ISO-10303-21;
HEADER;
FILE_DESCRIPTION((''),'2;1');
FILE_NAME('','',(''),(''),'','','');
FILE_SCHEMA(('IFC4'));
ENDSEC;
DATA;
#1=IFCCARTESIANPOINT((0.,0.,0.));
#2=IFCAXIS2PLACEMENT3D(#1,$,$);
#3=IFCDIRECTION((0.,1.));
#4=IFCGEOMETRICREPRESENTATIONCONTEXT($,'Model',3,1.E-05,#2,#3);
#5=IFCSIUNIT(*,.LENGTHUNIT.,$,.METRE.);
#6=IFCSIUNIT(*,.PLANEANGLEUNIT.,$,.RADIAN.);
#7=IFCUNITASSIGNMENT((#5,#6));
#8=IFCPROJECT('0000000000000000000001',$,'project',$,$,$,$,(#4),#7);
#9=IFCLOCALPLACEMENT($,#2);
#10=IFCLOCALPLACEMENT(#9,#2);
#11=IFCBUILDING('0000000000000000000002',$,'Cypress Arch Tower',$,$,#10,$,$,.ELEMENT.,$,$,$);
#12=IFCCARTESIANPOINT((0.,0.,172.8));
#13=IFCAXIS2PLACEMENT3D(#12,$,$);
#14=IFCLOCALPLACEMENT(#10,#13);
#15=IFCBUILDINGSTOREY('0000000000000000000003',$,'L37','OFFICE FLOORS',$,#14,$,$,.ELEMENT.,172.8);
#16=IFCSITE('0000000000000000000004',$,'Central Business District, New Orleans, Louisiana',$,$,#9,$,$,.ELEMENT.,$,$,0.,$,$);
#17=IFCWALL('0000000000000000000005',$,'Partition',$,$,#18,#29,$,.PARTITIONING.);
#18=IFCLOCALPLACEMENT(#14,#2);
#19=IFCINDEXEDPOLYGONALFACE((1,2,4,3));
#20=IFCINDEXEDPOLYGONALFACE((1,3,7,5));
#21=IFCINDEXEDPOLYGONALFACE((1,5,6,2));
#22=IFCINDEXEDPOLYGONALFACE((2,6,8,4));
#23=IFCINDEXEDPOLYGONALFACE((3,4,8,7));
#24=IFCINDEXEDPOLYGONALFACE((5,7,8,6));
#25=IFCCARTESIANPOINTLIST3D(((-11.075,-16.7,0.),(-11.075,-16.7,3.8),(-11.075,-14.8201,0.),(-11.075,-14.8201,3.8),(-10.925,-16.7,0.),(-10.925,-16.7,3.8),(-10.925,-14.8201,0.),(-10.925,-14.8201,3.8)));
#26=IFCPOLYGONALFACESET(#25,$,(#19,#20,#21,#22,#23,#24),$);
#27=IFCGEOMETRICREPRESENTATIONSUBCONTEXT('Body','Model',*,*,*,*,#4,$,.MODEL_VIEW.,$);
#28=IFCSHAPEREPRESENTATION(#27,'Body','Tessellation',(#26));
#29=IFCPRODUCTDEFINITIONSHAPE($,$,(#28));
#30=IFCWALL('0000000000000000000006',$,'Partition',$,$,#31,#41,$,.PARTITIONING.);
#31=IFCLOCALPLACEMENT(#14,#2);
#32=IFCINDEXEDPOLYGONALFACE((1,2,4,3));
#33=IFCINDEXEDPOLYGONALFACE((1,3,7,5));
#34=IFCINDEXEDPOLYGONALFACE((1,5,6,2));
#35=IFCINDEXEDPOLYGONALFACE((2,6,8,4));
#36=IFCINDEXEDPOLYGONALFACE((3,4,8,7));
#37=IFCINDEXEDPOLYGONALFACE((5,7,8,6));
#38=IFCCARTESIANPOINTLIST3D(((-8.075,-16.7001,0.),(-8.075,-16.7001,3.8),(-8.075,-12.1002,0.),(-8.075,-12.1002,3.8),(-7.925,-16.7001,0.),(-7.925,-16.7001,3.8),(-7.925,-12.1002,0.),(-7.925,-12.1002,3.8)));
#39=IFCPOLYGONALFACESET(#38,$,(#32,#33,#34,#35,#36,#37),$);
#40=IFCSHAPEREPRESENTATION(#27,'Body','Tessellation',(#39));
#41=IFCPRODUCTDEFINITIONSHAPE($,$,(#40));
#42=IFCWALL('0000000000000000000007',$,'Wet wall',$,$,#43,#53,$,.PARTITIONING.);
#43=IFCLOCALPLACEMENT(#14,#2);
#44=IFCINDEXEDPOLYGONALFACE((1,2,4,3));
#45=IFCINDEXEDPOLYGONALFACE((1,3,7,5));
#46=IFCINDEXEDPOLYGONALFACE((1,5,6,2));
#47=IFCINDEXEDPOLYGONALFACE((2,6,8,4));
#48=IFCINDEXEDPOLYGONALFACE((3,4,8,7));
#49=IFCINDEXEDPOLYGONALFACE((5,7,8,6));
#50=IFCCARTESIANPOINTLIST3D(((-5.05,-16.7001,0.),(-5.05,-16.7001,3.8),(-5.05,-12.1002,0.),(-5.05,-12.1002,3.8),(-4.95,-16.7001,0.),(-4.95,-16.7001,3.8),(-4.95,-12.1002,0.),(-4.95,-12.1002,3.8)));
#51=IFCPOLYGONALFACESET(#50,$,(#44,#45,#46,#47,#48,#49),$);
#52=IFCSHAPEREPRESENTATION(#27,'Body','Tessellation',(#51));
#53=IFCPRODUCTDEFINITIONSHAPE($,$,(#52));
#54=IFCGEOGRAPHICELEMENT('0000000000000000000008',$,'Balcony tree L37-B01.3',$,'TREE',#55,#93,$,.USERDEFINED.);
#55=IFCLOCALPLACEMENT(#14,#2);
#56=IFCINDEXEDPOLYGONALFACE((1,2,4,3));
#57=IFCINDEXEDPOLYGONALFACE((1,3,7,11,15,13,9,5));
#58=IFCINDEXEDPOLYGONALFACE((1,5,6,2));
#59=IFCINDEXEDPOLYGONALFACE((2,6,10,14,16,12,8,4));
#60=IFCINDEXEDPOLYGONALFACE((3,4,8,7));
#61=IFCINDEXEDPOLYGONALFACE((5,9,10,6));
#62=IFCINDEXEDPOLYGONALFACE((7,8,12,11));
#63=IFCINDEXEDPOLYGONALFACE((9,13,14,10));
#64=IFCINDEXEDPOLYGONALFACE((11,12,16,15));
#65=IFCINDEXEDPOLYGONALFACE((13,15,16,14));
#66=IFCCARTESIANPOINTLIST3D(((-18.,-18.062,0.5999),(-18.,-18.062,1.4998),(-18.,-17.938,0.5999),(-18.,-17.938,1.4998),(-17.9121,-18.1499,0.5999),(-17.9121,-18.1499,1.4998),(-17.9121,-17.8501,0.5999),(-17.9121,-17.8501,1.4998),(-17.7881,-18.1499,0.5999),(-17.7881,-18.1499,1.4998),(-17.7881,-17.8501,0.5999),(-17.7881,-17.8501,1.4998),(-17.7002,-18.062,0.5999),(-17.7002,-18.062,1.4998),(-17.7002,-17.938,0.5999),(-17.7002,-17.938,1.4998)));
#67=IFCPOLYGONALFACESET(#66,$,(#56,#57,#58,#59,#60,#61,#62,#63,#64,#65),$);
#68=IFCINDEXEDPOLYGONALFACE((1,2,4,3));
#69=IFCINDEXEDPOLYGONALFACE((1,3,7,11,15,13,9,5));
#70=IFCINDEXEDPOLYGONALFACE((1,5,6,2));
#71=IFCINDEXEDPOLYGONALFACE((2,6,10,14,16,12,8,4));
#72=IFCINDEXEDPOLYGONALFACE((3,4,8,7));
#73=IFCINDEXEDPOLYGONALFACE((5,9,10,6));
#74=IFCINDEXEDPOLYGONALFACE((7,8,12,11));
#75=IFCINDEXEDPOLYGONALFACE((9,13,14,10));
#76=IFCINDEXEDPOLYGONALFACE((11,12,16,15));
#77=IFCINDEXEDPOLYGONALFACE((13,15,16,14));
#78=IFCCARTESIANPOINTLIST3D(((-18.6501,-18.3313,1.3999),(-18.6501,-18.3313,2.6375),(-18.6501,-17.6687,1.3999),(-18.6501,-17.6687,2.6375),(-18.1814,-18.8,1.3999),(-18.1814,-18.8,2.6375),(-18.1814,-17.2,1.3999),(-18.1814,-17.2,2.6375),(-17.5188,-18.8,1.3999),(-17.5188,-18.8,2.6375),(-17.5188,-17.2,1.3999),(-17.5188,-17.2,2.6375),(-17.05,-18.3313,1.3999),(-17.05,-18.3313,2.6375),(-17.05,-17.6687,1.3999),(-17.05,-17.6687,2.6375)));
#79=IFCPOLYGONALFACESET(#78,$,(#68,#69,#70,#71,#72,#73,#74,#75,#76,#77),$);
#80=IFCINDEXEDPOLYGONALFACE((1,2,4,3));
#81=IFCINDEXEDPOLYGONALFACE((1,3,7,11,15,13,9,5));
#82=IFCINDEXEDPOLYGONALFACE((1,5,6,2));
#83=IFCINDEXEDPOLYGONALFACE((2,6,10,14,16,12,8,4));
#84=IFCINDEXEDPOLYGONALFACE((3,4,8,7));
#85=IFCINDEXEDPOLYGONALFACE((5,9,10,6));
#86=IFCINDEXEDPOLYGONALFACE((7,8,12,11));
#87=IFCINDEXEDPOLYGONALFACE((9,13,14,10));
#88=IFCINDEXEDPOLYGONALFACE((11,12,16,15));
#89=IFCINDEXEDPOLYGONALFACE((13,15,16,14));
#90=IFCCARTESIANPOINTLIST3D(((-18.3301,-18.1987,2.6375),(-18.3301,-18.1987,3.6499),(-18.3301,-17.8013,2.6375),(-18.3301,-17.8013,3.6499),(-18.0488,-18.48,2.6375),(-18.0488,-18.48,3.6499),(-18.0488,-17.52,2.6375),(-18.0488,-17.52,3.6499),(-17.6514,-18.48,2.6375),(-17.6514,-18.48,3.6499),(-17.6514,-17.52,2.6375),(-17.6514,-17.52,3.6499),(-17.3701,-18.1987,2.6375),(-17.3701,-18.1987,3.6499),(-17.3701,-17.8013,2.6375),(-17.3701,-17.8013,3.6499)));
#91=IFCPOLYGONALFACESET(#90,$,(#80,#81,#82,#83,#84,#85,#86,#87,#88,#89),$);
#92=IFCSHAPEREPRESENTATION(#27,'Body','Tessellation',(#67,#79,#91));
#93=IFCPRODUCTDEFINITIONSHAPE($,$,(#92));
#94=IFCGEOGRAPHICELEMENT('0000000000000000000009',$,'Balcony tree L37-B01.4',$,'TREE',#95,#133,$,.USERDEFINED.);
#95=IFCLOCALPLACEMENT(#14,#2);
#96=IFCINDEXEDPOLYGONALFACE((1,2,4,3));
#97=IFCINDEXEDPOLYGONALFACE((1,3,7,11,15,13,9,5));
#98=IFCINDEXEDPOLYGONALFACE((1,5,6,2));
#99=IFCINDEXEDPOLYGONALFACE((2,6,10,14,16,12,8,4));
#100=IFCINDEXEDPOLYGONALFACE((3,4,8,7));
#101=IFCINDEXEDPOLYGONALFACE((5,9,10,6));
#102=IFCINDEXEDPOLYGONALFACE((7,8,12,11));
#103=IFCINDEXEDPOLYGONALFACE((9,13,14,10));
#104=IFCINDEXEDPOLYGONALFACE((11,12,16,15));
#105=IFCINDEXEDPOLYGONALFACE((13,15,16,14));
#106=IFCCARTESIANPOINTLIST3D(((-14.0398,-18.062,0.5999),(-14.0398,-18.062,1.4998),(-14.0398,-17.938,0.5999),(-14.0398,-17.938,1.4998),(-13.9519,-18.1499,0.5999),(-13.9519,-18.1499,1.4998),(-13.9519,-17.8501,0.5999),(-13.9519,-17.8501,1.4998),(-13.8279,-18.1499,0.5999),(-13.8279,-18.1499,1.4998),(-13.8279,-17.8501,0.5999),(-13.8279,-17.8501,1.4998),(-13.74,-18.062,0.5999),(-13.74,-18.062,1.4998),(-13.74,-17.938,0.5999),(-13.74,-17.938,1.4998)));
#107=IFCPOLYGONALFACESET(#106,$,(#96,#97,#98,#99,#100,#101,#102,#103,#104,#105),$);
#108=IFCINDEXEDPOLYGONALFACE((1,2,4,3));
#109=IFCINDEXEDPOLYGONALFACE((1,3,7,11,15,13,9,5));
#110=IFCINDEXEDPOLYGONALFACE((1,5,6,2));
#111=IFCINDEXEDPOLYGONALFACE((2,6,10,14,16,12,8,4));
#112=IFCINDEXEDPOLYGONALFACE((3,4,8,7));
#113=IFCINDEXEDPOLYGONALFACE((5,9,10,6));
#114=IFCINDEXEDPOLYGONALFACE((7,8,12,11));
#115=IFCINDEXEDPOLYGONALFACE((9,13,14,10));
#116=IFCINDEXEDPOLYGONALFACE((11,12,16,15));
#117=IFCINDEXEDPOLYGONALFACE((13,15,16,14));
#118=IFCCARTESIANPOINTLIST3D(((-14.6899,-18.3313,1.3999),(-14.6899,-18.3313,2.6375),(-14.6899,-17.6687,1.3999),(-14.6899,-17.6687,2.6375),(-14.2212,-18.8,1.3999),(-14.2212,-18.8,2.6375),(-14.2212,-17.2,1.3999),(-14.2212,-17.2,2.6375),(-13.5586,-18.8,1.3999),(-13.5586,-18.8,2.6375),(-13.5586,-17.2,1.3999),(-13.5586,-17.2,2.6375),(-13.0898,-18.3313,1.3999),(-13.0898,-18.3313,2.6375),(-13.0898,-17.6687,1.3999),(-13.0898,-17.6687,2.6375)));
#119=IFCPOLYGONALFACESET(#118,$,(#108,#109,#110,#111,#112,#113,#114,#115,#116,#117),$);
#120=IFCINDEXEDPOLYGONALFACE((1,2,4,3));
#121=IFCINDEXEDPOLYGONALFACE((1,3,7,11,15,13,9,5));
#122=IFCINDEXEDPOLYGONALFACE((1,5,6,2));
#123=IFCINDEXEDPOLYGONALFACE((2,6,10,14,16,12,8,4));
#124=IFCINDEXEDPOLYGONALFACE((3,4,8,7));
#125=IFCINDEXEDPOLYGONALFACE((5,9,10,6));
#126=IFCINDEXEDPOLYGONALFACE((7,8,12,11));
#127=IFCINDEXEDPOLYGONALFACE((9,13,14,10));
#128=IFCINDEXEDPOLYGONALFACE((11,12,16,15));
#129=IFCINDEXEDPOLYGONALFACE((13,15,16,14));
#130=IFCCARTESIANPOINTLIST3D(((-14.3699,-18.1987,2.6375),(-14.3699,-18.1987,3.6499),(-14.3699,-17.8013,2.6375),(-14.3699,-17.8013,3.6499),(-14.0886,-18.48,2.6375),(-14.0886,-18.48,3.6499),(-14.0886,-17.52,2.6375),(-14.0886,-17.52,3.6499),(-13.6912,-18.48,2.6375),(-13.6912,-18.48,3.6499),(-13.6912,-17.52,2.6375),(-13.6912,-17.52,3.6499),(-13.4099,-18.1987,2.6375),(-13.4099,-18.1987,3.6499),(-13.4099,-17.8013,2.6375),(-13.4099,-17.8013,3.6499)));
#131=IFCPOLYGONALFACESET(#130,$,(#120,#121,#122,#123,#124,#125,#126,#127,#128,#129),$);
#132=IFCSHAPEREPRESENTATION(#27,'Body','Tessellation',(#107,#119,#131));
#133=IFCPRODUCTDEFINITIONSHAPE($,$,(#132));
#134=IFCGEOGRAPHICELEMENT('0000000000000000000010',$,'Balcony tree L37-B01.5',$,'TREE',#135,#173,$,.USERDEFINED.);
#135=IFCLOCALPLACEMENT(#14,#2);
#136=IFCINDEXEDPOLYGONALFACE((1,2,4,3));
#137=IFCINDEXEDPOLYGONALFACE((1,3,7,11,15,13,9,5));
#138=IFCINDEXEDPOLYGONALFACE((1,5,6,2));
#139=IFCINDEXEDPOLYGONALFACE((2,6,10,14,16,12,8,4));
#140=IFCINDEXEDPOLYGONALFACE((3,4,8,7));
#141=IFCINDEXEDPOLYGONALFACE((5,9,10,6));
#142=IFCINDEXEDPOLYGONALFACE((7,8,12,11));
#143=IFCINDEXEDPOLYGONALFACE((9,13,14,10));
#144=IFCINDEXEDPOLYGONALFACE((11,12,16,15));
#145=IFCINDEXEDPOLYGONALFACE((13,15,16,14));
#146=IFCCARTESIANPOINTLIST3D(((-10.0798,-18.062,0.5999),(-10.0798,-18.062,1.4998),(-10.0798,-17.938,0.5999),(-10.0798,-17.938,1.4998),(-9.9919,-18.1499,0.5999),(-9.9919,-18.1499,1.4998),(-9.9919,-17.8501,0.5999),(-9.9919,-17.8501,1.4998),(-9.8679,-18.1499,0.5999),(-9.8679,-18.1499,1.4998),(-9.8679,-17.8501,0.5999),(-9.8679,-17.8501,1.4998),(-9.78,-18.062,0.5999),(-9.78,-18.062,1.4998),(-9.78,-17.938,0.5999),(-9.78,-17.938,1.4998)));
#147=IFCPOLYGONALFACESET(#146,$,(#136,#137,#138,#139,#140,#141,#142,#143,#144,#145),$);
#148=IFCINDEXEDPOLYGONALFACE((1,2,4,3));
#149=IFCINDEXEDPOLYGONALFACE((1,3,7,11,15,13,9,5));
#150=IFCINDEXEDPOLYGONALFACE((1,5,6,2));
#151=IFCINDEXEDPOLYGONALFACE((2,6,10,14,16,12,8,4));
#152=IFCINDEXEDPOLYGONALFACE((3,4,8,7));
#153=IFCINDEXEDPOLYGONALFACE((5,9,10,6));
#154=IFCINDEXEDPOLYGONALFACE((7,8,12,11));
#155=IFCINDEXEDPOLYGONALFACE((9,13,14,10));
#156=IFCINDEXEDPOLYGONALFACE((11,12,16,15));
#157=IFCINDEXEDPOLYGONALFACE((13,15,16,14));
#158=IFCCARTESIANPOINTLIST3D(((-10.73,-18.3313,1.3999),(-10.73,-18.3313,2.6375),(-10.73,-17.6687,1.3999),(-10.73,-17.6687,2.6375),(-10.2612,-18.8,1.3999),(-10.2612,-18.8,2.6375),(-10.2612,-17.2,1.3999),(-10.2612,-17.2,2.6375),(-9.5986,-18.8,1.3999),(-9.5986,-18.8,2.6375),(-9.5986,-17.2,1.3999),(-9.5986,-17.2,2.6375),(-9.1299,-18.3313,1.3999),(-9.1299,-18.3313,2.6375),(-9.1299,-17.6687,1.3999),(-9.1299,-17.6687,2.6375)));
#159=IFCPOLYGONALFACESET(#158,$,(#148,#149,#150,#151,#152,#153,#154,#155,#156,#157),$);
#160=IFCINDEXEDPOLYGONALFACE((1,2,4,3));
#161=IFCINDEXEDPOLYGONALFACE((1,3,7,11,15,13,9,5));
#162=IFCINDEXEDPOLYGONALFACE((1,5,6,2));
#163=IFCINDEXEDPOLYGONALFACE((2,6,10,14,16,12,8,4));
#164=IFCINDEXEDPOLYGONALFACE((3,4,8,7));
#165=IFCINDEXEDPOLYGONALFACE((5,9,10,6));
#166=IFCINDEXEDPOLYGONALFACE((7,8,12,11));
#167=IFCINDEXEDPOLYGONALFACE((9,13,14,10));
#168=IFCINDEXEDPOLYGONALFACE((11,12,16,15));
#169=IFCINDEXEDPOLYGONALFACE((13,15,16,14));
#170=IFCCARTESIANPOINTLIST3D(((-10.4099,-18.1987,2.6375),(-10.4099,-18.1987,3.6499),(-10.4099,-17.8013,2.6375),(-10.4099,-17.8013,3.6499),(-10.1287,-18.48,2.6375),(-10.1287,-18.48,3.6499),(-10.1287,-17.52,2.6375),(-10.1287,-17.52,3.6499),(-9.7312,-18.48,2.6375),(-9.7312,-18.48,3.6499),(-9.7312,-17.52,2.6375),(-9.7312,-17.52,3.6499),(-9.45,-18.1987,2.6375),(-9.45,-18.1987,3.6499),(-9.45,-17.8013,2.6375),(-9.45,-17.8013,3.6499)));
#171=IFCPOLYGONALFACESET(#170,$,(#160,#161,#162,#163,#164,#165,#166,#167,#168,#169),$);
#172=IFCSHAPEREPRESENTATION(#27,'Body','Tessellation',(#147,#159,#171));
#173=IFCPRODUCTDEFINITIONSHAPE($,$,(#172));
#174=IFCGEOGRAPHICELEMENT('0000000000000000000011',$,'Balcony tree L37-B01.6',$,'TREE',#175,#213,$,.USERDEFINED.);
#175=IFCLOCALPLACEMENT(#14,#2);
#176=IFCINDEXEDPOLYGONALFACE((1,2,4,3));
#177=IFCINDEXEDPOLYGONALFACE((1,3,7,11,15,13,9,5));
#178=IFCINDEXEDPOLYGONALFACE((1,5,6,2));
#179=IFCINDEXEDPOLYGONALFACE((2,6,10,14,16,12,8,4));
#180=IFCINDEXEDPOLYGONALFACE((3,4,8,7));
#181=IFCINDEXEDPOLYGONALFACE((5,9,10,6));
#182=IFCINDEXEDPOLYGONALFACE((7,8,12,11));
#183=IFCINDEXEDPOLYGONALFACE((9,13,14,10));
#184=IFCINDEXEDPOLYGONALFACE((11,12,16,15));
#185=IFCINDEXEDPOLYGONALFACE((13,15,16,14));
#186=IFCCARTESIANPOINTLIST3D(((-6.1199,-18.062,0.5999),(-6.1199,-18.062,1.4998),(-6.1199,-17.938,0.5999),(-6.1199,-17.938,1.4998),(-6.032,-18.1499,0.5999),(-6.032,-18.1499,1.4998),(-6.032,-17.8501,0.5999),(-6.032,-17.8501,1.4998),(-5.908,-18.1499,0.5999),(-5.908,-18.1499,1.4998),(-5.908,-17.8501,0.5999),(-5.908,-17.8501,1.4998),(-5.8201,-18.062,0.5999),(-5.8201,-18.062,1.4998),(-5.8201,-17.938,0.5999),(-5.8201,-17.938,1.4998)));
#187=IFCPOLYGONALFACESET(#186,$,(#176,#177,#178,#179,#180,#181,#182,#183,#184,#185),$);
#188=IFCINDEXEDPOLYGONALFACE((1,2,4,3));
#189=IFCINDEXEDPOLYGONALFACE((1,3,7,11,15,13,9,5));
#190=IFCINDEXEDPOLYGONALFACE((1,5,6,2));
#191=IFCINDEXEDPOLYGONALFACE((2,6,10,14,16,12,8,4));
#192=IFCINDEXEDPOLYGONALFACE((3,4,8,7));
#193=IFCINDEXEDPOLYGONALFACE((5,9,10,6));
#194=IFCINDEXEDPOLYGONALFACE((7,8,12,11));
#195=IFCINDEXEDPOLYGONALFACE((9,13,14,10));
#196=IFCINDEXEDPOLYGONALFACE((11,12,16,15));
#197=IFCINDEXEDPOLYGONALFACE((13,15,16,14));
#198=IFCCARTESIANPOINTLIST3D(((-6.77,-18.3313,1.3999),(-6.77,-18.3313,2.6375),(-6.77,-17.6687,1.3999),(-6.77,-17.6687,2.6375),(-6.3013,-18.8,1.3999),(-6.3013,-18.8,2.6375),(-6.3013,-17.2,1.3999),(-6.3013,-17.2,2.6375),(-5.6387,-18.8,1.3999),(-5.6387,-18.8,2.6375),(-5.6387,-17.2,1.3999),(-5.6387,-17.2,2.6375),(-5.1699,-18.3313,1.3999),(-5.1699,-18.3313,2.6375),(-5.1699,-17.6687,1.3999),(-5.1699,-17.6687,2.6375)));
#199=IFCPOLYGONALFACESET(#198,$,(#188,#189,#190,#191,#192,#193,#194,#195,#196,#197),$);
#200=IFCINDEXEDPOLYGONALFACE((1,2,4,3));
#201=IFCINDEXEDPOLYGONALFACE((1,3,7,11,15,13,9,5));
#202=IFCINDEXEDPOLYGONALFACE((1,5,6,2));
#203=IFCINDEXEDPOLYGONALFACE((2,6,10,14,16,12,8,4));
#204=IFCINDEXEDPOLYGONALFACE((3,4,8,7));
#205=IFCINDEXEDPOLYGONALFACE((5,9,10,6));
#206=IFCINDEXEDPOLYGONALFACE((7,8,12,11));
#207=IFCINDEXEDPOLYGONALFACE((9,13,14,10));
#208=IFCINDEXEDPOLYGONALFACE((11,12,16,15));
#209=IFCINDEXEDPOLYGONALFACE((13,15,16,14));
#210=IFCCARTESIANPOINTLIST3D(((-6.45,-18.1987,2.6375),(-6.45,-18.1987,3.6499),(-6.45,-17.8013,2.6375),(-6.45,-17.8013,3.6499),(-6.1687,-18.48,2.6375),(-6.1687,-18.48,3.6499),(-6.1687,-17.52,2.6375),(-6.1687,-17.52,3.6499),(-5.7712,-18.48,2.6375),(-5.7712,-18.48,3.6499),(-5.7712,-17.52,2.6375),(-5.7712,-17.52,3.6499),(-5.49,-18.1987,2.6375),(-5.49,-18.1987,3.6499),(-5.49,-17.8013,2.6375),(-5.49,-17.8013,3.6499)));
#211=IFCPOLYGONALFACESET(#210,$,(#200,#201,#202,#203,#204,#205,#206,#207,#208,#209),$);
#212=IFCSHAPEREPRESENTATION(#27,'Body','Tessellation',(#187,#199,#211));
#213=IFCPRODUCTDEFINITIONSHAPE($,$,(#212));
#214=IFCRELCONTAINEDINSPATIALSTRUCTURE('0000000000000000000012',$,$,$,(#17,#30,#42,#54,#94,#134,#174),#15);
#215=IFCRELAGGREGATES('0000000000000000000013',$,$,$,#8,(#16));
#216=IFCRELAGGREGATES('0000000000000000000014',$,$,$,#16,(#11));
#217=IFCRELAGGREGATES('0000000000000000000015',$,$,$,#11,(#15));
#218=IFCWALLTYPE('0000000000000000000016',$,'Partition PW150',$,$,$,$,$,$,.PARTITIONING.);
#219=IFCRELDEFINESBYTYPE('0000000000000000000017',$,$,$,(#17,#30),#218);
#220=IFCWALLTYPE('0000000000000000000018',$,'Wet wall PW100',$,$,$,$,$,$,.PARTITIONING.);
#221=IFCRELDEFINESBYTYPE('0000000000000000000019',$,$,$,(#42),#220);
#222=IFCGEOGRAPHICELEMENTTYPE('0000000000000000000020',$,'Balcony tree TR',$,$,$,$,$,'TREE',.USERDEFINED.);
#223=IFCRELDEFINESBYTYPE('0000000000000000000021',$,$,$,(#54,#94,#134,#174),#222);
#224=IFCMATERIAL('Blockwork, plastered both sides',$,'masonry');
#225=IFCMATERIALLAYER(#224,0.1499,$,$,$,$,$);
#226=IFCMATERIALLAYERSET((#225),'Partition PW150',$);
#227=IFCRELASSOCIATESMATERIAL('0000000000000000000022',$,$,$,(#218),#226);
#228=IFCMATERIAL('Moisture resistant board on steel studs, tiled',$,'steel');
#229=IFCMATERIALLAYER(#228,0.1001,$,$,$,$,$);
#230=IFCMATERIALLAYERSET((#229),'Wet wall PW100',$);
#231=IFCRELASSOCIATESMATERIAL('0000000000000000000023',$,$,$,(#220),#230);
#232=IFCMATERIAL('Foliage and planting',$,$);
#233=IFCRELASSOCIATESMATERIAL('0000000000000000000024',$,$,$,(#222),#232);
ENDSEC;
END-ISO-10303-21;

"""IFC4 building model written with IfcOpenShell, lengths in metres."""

from ifc_helpers import new_model, si_unit, direction, frame, frame_2d, origin, place, context, subcontext, project, spatial, polyline, rectangle, outline, extrude, material, layer, layer_set, type_object, element, save


model = new_model("IFC4")

# Units and contexts
model_context = context("Model", 3, precision=1e-05, world=origin(), true_north=direction((0.0, 1.0)))
body_context = subcontext(model_context, "Body", "Model", "MODEL_VIEW")
ifc_project = project(units=[si_unit("LENGTHUNIT", "METRE"), si_unit("PLANEANGLEUNIT", "RADIAN")], contexts=[model_context])

# Site, building, storey
site_placement = place(None, origin())
site = spatial("IfcSite", under=ifc_project, at=site_placement, Name="Central Business District, New Orleans, Louisiana", CompositionType="ELEMENT", RefElevation=0.0)
building_placement = place(site_placement, origin())
building = spatial("IfcBuilding", under=site, at=building_placement, Name="Cypress Arch Tower", CompositionType="ELEMENT")
storey_placement = place(building_placement, frame((0.0, 0.0, 172.8)))
storey = spatial("IfcBuildingStorey", under=building, at=storey_placement, Name="L37", Description="OFFICE FLOORS", CompositionType="ELEMENT", Elevation=172.8)

# Walls
ifc_material_1 = material(Name="Blockwork, plastered both sides", Category="masonry")
ifc_layer_1 = layer(ifc_material_1, 0.1499)
ifc_layer_set_1 = layer_set([ifc_layer_1], Name="Partition PW150")
wall_type_1 = type_object("IfcWallType", Name="Partition PW150", PredefinedType="PARTITIONING", material=ifc_layer_set_1)
wall_1_placement = place(storey_placement, frame((-11.0, -16.7, 0.0), z_axis=(0.0, 0.0, 1.0), x_axis=(0.0, 1.0, 0.0)))
element("IfcWall", 1, at=wall_1_placement, inside=storey, type_object=wall_type_1, Name="Partition", PredefinedType="PARTITIONING", context=body_context, shape_type="SweptSolid", body=[
    extrude(rectangle(XDim=1.8799, YDim=0.1499, at=frame_2d((0.9399, 0.0))), origin(), (0.0, 0.0, 1.0), 3.8),
])
wall_2_placement = place(storey_placement, frame((-8.0, -16.7, 0.0), z_axis=(0.0, 0.0, 1.0), x_axis=(0.0, 1.0, 0.0)))
element("IfcWall", 2, at=wall_2_placement, inside=storey, type_object=wall_type_1, Name="Partition", PredefinedType="PARTITIONING", context=body_context, shape_type="SweptSolid", body=[
    extrude(rectangle(XDim=4.5999, YDim=0.1499, at=frame_2d((2.2998, 0.0))), origin(), (0.0, 0.0, 1.0), 3.8),
])
ifc_material_2 = material(Name="Moisture resistant board on steel studs, tiled", Category="steel")
ifc_layer_2 = layer(ifc_material_2, 0.1001)
ifc_layer_set_2 = layer_set([ifc_layer_2], Name="Wet wall PW100")
wall_type_2 = type_object("IfcWallType", Name="Wet wall PW100", PredefinedType="PARTITIONING", material=ifc_layer_set_2)
wall_3_placement = place(storey_placement, frame((-5.0, -16.7, 0.0), z_axis=(0.0, 0.0, 1.0), x_axis=(0.0, 1.0, 0.0)))
element("IfcWall", 3, at=wall_3_placement, inside=storey, type_object=wall_type_2, Name="Wet wall", PredefinedType="PARTITIONING", context=body_context, shape_type="SweptSolid", body=[
    extrude(rectangle(XDim=4.5999, YDim=0.1001, at=frame_2d((2.2998, 0.0))), origin(), (0.0, 0.0, 1.0), 3.8),
])

# Geographic elements
ifc_material_3 = material(Name="Foliage and planting")
geographic_element_type = type_object("IfcGeographicElementType", Name="Balcony tree TR", ElementType="TREE", PredefinedType="USERDEFINED", material=ifc_material_3)
for number, where, z_axis, x_axis, name in (
    (4, (-17.8501, -18.0, 0.5999), (0.0, 0.0, 1.0), (1.0, 0.0, 0.0), "Balcony tree L37-B01.3"),
    (5, (-13.8899, -18.0, 0.5999), (0.0, 0.0, 1.0), (1.0, 0.0, 0.0), "Balcony tree L37-B01.4"),
    (6, (-9.9299, -18.0, 0.5999), (0.0, 0.0, 1.0), (1.0, 0.0, 0.0), "Balcony tree L37-B01.5"),
    (7, (-5.97, -18.0, 0.5999), (0.0, 0.0, 1.0), (1.0, 0.0, 0.0), "Balcony tree L37-B01.6"),
):
    element("IfcGeographicElement", number, at=place(storey_placement, frame(where, z_axis=z_axis, x_axis=x_axis)), inside=storey, type_object=geographic_element_type, Name=name, ObjectType="TREE", PredefinedType="USERDEFINED", context=body_context, shape_type="SweptSolid", body=[
        extrude(outline(polyline([(0.1499, 0.062), (0.062, 0.1499), (-0.062, 0.1499), (-0.1499, 0.062), (-0.1499, -0.062), (-0.062, -0.1499), (0.062, -0.1499), (0.1499, -0.062), (0.1499, 0.062)])), origin(), (0.0, 0.0, 1.0), 0.8999),
        extrude(outline(polyline([(0.8, 0.3313), (0.3313, 0.8), (-0.3313, 0.8), (-0.8, 0.3313), (-0.8, -0.3313), (-0.3313, -0.8), (0.3313, -0.8), (0.8, -0.3313), (0.8, 0.3313)])), frame((0.0, 0.0, 0.8)), (0.0, 0.0, 1.0), 1.2375),
        extrude(outline(polyline([(0.48, 0.1987), (0.1987, 0.48), (-0.1987, 0.48), (-0.48, 0.1987), (-0.48, -0.1987), (-0.1987, -0.48), (0.1987, -0.48), (0.48, -0.1987), (0.48, 0.1987)])), frame((0.0, 0.0, 2.0376)), (0.0, 0.0, 1.0), 1.0125),
    ])

save(model, "model.ifc")
